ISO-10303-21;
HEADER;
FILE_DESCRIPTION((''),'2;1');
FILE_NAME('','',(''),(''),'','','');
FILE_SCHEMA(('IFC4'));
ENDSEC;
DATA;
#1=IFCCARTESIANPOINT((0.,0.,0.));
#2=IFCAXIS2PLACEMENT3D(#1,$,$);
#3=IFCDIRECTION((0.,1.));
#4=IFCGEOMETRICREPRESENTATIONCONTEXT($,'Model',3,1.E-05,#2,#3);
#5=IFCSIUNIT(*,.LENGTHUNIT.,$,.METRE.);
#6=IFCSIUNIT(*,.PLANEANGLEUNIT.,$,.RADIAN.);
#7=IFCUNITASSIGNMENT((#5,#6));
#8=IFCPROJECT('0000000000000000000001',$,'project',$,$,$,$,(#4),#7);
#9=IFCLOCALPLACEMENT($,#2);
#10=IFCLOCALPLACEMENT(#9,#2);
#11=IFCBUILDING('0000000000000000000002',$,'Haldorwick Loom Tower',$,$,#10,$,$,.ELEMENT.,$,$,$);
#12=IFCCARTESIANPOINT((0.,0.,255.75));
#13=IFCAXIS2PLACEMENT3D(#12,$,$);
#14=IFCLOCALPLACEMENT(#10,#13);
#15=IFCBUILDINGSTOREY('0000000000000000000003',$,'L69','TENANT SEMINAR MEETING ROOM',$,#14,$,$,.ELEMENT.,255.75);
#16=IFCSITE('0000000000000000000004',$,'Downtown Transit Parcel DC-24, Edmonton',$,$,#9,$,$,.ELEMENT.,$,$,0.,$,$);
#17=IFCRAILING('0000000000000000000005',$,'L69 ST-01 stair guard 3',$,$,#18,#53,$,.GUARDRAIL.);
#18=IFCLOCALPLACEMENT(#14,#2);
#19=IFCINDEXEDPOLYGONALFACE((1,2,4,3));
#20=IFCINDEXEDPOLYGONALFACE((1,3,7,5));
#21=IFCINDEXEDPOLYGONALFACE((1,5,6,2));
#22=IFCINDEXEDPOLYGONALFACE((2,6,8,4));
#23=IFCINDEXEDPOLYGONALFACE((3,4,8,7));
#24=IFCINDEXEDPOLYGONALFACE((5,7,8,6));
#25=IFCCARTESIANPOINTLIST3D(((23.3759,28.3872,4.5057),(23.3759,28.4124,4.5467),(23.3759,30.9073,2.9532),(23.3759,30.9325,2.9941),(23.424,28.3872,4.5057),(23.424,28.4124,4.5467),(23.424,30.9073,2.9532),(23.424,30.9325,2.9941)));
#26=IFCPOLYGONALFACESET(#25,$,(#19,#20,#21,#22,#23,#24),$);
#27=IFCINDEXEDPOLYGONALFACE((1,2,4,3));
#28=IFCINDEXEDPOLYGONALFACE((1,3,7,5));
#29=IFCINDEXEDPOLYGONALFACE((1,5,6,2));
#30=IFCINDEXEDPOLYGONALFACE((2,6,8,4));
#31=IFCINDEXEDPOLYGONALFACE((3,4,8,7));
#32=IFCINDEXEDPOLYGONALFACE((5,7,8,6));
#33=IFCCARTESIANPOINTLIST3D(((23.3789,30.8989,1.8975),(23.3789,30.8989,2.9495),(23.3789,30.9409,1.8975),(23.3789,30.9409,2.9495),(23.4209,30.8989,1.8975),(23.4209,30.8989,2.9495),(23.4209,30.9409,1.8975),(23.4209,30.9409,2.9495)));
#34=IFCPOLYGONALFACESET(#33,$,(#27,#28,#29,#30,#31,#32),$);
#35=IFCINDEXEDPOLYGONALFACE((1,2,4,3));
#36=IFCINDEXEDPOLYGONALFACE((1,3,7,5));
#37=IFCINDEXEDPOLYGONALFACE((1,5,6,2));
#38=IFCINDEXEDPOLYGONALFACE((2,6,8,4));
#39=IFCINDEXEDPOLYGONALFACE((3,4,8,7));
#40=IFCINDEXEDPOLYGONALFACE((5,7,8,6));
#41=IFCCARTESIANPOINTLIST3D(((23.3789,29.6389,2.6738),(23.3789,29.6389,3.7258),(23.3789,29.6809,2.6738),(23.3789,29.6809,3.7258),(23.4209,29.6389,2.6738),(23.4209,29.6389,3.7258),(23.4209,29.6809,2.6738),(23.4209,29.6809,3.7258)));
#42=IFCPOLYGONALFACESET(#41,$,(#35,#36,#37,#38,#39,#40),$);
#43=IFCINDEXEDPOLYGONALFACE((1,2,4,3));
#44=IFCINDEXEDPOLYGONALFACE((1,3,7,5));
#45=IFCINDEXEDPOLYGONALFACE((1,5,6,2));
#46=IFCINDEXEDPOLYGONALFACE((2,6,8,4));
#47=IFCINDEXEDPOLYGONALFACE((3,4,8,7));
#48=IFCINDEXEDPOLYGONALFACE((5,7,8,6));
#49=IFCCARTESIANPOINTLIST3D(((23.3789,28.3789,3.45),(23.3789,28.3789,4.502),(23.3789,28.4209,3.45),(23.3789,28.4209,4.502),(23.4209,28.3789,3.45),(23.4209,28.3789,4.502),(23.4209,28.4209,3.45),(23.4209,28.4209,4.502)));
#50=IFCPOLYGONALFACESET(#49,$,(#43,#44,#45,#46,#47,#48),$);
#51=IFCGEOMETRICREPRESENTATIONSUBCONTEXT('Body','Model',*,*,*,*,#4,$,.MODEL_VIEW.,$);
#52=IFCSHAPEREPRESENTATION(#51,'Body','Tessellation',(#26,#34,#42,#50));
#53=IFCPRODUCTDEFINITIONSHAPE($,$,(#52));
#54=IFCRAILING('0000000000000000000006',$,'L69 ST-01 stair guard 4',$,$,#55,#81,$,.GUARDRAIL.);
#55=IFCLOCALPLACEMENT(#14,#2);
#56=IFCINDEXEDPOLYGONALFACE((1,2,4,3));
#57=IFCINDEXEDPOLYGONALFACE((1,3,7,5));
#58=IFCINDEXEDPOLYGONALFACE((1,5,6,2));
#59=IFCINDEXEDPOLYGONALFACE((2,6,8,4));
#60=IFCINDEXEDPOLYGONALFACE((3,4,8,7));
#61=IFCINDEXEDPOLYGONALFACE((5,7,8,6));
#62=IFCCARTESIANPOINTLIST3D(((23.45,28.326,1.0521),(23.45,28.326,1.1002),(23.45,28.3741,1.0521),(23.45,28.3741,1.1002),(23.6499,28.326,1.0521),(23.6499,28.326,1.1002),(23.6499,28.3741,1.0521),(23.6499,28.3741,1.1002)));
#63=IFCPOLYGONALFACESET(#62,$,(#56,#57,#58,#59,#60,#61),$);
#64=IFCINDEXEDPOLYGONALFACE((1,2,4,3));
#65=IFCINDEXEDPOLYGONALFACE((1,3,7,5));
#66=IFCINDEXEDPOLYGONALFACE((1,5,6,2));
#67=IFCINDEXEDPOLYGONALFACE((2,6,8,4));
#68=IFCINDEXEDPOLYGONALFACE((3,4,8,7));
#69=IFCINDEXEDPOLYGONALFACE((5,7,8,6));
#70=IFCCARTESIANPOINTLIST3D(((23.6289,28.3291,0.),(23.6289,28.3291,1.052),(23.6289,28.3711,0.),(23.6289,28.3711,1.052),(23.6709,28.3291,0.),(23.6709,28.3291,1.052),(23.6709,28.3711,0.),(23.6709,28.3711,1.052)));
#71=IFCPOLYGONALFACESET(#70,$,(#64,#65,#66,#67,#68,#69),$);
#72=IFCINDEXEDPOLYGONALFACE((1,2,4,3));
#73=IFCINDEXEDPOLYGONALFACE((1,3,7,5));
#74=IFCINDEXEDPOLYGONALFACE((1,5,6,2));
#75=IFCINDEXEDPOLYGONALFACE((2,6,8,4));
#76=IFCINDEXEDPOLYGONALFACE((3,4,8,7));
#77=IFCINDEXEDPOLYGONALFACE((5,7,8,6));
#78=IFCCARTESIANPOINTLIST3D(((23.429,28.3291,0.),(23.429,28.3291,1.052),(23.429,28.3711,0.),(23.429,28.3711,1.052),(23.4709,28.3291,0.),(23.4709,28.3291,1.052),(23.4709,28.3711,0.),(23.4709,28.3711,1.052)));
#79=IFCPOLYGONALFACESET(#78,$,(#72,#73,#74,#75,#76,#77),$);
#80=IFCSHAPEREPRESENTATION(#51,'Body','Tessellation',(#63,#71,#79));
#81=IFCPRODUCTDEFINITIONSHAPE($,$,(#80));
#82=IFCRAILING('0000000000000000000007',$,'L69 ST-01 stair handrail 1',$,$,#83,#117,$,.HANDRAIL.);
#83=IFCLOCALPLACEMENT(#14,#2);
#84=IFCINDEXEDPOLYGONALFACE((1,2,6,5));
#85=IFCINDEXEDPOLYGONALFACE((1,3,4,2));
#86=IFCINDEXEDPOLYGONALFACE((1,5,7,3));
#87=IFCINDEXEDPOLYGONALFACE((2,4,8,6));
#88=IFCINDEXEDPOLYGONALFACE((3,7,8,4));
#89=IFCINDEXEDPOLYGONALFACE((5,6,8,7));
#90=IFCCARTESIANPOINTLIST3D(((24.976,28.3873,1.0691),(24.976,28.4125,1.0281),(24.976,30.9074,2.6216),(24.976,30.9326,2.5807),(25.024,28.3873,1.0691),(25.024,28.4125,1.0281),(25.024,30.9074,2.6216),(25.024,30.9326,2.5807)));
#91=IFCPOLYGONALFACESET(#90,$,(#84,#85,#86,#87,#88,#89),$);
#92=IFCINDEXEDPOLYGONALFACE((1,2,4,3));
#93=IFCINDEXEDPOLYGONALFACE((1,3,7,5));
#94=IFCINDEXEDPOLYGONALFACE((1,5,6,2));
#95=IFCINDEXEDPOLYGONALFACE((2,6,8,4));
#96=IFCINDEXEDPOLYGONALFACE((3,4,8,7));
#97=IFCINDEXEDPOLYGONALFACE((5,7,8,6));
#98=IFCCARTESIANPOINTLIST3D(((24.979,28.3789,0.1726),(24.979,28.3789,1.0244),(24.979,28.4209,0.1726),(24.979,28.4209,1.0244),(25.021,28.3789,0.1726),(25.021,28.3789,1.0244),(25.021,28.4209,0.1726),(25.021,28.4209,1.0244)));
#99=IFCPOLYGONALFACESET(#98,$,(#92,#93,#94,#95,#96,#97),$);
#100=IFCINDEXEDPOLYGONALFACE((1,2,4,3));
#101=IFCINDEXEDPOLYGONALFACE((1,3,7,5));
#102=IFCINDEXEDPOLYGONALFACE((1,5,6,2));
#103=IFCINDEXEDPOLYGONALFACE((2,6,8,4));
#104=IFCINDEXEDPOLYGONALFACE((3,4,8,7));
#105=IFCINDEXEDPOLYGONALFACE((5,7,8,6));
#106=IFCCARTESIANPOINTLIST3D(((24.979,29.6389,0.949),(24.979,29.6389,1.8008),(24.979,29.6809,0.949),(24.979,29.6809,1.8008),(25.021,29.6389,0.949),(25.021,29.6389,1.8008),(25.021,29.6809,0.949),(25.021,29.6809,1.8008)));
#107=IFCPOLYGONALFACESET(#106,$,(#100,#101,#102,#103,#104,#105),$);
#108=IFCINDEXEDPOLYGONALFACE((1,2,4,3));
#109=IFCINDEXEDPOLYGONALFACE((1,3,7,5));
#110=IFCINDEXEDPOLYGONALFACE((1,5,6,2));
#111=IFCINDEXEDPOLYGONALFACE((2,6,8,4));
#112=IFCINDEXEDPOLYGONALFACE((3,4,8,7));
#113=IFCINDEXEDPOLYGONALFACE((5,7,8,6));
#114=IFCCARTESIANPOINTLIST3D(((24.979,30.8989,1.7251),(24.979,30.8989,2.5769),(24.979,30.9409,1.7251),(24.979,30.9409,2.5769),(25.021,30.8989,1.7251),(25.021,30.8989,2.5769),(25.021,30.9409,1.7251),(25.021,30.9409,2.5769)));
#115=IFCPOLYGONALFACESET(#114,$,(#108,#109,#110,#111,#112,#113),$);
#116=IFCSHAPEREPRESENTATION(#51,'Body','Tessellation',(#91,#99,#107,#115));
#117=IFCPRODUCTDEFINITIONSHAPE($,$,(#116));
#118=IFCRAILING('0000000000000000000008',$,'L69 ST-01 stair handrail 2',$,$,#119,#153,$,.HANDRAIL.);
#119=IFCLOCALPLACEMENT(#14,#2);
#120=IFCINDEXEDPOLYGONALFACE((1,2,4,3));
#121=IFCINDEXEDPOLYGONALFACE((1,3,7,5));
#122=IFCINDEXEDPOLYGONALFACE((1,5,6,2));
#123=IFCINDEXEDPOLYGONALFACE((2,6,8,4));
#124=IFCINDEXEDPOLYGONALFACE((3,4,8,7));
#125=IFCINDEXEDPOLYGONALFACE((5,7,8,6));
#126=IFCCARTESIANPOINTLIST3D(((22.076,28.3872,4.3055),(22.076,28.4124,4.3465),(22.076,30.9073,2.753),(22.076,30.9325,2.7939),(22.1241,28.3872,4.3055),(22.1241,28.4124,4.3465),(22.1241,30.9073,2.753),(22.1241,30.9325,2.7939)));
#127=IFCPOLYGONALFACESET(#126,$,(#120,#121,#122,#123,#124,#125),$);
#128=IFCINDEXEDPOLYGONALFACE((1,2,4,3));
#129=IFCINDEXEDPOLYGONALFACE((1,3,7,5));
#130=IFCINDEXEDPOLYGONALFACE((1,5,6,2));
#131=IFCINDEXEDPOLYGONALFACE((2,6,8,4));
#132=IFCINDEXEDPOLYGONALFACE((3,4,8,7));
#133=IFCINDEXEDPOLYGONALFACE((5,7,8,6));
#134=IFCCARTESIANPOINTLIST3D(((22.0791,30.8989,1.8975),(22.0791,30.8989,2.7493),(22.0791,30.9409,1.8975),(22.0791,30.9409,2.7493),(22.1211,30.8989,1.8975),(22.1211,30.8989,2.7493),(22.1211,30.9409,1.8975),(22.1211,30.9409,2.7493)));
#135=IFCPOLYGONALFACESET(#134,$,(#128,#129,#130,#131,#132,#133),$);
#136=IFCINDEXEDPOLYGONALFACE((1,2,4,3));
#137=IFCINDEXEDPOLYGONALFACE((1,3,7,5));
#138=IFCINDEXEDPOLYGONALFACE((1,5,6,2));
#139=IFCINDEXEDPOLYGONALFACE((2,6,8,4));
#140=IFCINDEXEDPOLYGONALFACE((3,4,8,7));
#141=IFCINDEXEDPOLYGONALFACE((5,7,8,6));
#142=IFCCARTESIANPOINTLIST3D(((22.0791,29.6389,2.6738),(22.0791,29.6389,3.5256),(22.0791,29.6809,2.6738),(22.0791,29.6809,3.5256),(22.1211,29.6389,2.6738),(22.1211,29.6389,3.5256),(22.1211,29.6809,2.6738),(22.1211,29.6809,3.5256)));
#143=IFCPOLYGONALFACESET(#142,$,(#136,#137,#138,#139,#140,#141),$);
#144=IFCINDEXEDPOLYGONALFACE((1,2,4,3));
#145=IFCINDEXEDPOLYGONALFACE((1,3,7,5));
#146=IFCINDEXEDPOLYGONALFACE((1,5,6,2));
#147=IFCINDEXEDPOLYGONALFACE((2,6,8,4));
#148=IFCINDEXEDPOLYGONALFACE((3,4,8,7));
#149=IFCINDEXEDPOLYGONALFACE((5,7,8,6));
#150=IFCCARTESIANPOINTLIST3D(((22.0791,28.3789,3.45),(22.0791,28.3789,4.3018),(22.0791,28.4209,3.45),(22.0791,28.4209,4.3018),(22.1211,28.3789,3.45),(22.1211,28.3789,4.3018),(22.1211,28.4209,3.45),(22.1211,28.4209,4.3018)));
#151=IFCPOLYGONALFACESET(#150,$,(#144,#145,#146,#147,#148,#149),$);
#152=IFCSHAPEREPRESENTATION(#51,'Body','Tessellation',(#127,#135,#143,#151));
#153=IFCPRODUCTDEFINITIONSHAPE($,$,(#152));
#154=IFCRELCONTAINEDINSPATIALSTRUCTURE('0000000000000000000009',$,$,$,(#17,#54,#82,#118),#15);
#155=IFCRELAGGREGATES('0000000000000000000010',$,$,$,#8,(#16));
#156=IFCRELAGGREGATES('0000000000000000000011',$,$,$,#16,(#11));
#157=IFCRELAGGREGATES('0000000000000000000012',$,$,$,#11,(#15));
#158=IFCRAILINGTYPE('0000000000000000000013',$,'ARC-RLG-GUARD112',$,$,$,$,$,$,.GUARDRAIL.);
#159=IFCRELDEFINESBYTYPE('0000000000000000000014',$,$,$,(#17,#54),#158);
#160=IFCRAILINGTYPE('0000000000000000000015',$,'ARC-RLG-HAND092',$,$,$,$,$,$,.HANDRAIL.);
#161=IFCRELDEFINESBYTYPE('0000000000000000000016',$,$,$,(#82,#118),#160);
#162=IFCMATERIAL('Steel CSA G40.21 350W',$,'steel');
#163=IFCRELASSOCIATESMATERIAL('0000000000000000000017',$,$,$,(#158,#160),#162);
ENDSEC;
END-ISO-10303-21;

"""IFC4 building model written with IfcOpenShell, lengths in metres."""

from ifc_helpers import new_model, si_unit, direction, frame, origin, origin_2d, place, context, subcontext, project, spatial, rectangle, extrude, material, type_object, element, save


model = new_model("IFC4")

# Units and contexts
model_context = context("Model", 3, precision=1e-05, world=origin(), true_north=direction((0.0, 1.0)))
body_context = subcontext(model_context, "Body", "Model", "MODEL_VIEW")
ifc_project = project(units=[si_unit("LENGTHUNIT", "METRE"), si_unit("PLANEANGLEUNIT", "RADIAN")], contexts=[model_context])

# Site, building, storey
site_placement = place(None, origin())
site = spatial("IfcSite", under=ifc_project, at=site_placement, Name="Downtown Transit Parcel DC-24, Edmonton", CompositionType="ELEMENT", RefElevation=0.0)
building_placement = place(site_placement, origin())
building = spatial("IfcBuilding", under=site, at=building_placement, Name="Haldorwick Loom Tower", CompositionType="ELEMENT")
storey_placement = place(building_placement, frame((0.0, 0.0, 255.75)))
storey = spatial("IfcBuildingStorey", under=building, at=storey_placement, Name="L69", Description="TENANT SEMINAR MEETING ROOM", CompositionType="ELEMENT", Elevation=255.75)

# Shared definitions
ifc_material_1 = material(Name="Steel CSA G40.21 350W", Category="steel")

# Railings
railing_type_1 = type_object("IfcRailingType", Name="ARC-RLG-GUARD112", PredefinedType="GUARDRAIL", material=ifc_material_1)
railing_1_placement = place(storey_placement, frame((23.3999, 30.9199, 1.8975)))
element("IfcRailing", 1, at=railing_1_placement, inside=storey, type_object=railing_type_1, Name="L69 ST-01 stair guard 3", PredefinedType="GUARDRAIL", context=body_context, shape_type="SweptSolid", body=[
    extrude(rectangle(XDim=0.0481, YDim=0.0481, at=origin_2d()), frame((0.0, 0.0, 1.0762), z_axis=(0.0, -0.8514, 0.524516), x_axis=(1.0, 0.0, 0.0)), (0.0, 0.0, 1.0), 2.96),
    extrude(rectangle(XDim=0.042, YDim=0.042, at=origin_2d()), origin(), (0.0, 0.0, 1.0), 1.052),
    extrude(rectangle(XDim=0.042, YDim=0.042, at=origin_2d()), frame((0.0, -1.26, 0.7764)), (0.0, 0.0, 1.0), 1.052),
    extrude(rectangle(XDim=0.042, YDim=0.042, at=origin_2d()), frame((0.0, -2.52, 1.5525)), (0.0, 0.0, 1.0), 1.052),
])
railing_2_placement = place(storey_placement, frame((23.6499, 28.3501, 0.0)))
element("IfcRailing", 2, at=railing_2_placement, inside=storey, type_object=railing_type_1, Name="L69 ST-01 stair guard 4", PredefinedType="GUARDRAIL", context=body_context, shape_type="SweptSolid", body=[
    extrude(rectangle(XDim=0.0481, YDim=0.0481, at=origin_2d()), frame((0.0, 0.0, 1.0762), z_axis=(-1.0, 0.0, 0.0), x_axis=(0.0, -1.0, 0.0)), (0.0, 0.0, 1.0), 0.2),
    extrude(rectangle(XDim=0.042, YDim=0.042, at=origin_2d()), origin(), (0.0, 0.0, 1.0), 1.052),
    extrude(rectangle(XDim=0.042, YDim=0.042, at=origin_2d()), frame((-0.2, 0.0, 0.0)), (0.0, 0.0, 1.0), 1.052),
])
railing_type_2 = type_object("IfcRailingType", Name="ARC-RLG-HAND092", PredefinedType="HANDRAIL", material=ifc_material_1)
railing_3_placement = place(storey_placement, frame((25.0, 28.3999, 0.1726)))
element("IfcRailing", 3, at=railing_3_placement, inside=storey, type_object=railing_type_2, Name="L69 ST-01 stair handrail 1", PredefinedType="HANDRAIL", context=body_context, shape_type="SweptSolid", body=[
    extrude(rectangle(XDim=0.0481, YDim=0.0481, at=origin_2d()), frame((0.0, 0.0, 0.876), z_axis=(0.0, 0.8514, 0.524516), x_axis=(-1.0, 0.0, 0.0)), (0.0, 0.0, 1.0), 2.96),
    extrude(rectangle(XDim=0.042, YDim=0.042, at=origin_2d()), origin(), (0.0, 0.0, 1.0), 0.8518),
    extrude(rectangle(XDim=0.042, YDim=0.042, at=origin_2d()), frame((0.0, 1.26, 0.7764)), (0.0, 0.0, 1.0), 0.8518),
    extrude(rectangle(XDim=0.042, YDim=0.042, at=origin_2d()), frame((0.0, 2.52, 1.5525)), (0.0, 0.0, 1.0), 0.8518),
])
railing_4_placement = place(storey_placement, frame((22.1001, 30.9199, 1.8975)))
element("IfcRailing", 4, at=railing_4_placement, inside=storey, type_object=railing_type_2, Name="L69 ST-01 stair handrail 2", PredefinedType="HANDRAIL", context=body_context, shape_type="SweptSolid", body=[
    extrude(rectangle(XDim=0.0481, YDim=0.0481, at=origin_2d()), frame((0.0, 0.0, 0.876), z_axis=(0.0, -0.8514, 0.524516), x_axis=(1.0, 0.0, 0.0)), (0.0, 0.0, 1.0), 2.96),
    extrude(rectangle(XDim=0.042, YDim=0.042, at=origin_2d()), origin(), (0.0, 0.0, 1.0), 0.8518),
    extrude(rectangle(XDim=0.042, YDim=0.042, at=origin_2d()), frame((0.0, -1.26, 0.7764)), (0.0, 0.0, 1.0), 0.8518),
    extrude(rectangle(XDim=0.042, YDim=0.042, at=origin_2d()), frame((0.0, -2.52, 1.5525)), (0.0, 0.0, 1.0), 0.8518),
])

save(model, "model.ifc")
